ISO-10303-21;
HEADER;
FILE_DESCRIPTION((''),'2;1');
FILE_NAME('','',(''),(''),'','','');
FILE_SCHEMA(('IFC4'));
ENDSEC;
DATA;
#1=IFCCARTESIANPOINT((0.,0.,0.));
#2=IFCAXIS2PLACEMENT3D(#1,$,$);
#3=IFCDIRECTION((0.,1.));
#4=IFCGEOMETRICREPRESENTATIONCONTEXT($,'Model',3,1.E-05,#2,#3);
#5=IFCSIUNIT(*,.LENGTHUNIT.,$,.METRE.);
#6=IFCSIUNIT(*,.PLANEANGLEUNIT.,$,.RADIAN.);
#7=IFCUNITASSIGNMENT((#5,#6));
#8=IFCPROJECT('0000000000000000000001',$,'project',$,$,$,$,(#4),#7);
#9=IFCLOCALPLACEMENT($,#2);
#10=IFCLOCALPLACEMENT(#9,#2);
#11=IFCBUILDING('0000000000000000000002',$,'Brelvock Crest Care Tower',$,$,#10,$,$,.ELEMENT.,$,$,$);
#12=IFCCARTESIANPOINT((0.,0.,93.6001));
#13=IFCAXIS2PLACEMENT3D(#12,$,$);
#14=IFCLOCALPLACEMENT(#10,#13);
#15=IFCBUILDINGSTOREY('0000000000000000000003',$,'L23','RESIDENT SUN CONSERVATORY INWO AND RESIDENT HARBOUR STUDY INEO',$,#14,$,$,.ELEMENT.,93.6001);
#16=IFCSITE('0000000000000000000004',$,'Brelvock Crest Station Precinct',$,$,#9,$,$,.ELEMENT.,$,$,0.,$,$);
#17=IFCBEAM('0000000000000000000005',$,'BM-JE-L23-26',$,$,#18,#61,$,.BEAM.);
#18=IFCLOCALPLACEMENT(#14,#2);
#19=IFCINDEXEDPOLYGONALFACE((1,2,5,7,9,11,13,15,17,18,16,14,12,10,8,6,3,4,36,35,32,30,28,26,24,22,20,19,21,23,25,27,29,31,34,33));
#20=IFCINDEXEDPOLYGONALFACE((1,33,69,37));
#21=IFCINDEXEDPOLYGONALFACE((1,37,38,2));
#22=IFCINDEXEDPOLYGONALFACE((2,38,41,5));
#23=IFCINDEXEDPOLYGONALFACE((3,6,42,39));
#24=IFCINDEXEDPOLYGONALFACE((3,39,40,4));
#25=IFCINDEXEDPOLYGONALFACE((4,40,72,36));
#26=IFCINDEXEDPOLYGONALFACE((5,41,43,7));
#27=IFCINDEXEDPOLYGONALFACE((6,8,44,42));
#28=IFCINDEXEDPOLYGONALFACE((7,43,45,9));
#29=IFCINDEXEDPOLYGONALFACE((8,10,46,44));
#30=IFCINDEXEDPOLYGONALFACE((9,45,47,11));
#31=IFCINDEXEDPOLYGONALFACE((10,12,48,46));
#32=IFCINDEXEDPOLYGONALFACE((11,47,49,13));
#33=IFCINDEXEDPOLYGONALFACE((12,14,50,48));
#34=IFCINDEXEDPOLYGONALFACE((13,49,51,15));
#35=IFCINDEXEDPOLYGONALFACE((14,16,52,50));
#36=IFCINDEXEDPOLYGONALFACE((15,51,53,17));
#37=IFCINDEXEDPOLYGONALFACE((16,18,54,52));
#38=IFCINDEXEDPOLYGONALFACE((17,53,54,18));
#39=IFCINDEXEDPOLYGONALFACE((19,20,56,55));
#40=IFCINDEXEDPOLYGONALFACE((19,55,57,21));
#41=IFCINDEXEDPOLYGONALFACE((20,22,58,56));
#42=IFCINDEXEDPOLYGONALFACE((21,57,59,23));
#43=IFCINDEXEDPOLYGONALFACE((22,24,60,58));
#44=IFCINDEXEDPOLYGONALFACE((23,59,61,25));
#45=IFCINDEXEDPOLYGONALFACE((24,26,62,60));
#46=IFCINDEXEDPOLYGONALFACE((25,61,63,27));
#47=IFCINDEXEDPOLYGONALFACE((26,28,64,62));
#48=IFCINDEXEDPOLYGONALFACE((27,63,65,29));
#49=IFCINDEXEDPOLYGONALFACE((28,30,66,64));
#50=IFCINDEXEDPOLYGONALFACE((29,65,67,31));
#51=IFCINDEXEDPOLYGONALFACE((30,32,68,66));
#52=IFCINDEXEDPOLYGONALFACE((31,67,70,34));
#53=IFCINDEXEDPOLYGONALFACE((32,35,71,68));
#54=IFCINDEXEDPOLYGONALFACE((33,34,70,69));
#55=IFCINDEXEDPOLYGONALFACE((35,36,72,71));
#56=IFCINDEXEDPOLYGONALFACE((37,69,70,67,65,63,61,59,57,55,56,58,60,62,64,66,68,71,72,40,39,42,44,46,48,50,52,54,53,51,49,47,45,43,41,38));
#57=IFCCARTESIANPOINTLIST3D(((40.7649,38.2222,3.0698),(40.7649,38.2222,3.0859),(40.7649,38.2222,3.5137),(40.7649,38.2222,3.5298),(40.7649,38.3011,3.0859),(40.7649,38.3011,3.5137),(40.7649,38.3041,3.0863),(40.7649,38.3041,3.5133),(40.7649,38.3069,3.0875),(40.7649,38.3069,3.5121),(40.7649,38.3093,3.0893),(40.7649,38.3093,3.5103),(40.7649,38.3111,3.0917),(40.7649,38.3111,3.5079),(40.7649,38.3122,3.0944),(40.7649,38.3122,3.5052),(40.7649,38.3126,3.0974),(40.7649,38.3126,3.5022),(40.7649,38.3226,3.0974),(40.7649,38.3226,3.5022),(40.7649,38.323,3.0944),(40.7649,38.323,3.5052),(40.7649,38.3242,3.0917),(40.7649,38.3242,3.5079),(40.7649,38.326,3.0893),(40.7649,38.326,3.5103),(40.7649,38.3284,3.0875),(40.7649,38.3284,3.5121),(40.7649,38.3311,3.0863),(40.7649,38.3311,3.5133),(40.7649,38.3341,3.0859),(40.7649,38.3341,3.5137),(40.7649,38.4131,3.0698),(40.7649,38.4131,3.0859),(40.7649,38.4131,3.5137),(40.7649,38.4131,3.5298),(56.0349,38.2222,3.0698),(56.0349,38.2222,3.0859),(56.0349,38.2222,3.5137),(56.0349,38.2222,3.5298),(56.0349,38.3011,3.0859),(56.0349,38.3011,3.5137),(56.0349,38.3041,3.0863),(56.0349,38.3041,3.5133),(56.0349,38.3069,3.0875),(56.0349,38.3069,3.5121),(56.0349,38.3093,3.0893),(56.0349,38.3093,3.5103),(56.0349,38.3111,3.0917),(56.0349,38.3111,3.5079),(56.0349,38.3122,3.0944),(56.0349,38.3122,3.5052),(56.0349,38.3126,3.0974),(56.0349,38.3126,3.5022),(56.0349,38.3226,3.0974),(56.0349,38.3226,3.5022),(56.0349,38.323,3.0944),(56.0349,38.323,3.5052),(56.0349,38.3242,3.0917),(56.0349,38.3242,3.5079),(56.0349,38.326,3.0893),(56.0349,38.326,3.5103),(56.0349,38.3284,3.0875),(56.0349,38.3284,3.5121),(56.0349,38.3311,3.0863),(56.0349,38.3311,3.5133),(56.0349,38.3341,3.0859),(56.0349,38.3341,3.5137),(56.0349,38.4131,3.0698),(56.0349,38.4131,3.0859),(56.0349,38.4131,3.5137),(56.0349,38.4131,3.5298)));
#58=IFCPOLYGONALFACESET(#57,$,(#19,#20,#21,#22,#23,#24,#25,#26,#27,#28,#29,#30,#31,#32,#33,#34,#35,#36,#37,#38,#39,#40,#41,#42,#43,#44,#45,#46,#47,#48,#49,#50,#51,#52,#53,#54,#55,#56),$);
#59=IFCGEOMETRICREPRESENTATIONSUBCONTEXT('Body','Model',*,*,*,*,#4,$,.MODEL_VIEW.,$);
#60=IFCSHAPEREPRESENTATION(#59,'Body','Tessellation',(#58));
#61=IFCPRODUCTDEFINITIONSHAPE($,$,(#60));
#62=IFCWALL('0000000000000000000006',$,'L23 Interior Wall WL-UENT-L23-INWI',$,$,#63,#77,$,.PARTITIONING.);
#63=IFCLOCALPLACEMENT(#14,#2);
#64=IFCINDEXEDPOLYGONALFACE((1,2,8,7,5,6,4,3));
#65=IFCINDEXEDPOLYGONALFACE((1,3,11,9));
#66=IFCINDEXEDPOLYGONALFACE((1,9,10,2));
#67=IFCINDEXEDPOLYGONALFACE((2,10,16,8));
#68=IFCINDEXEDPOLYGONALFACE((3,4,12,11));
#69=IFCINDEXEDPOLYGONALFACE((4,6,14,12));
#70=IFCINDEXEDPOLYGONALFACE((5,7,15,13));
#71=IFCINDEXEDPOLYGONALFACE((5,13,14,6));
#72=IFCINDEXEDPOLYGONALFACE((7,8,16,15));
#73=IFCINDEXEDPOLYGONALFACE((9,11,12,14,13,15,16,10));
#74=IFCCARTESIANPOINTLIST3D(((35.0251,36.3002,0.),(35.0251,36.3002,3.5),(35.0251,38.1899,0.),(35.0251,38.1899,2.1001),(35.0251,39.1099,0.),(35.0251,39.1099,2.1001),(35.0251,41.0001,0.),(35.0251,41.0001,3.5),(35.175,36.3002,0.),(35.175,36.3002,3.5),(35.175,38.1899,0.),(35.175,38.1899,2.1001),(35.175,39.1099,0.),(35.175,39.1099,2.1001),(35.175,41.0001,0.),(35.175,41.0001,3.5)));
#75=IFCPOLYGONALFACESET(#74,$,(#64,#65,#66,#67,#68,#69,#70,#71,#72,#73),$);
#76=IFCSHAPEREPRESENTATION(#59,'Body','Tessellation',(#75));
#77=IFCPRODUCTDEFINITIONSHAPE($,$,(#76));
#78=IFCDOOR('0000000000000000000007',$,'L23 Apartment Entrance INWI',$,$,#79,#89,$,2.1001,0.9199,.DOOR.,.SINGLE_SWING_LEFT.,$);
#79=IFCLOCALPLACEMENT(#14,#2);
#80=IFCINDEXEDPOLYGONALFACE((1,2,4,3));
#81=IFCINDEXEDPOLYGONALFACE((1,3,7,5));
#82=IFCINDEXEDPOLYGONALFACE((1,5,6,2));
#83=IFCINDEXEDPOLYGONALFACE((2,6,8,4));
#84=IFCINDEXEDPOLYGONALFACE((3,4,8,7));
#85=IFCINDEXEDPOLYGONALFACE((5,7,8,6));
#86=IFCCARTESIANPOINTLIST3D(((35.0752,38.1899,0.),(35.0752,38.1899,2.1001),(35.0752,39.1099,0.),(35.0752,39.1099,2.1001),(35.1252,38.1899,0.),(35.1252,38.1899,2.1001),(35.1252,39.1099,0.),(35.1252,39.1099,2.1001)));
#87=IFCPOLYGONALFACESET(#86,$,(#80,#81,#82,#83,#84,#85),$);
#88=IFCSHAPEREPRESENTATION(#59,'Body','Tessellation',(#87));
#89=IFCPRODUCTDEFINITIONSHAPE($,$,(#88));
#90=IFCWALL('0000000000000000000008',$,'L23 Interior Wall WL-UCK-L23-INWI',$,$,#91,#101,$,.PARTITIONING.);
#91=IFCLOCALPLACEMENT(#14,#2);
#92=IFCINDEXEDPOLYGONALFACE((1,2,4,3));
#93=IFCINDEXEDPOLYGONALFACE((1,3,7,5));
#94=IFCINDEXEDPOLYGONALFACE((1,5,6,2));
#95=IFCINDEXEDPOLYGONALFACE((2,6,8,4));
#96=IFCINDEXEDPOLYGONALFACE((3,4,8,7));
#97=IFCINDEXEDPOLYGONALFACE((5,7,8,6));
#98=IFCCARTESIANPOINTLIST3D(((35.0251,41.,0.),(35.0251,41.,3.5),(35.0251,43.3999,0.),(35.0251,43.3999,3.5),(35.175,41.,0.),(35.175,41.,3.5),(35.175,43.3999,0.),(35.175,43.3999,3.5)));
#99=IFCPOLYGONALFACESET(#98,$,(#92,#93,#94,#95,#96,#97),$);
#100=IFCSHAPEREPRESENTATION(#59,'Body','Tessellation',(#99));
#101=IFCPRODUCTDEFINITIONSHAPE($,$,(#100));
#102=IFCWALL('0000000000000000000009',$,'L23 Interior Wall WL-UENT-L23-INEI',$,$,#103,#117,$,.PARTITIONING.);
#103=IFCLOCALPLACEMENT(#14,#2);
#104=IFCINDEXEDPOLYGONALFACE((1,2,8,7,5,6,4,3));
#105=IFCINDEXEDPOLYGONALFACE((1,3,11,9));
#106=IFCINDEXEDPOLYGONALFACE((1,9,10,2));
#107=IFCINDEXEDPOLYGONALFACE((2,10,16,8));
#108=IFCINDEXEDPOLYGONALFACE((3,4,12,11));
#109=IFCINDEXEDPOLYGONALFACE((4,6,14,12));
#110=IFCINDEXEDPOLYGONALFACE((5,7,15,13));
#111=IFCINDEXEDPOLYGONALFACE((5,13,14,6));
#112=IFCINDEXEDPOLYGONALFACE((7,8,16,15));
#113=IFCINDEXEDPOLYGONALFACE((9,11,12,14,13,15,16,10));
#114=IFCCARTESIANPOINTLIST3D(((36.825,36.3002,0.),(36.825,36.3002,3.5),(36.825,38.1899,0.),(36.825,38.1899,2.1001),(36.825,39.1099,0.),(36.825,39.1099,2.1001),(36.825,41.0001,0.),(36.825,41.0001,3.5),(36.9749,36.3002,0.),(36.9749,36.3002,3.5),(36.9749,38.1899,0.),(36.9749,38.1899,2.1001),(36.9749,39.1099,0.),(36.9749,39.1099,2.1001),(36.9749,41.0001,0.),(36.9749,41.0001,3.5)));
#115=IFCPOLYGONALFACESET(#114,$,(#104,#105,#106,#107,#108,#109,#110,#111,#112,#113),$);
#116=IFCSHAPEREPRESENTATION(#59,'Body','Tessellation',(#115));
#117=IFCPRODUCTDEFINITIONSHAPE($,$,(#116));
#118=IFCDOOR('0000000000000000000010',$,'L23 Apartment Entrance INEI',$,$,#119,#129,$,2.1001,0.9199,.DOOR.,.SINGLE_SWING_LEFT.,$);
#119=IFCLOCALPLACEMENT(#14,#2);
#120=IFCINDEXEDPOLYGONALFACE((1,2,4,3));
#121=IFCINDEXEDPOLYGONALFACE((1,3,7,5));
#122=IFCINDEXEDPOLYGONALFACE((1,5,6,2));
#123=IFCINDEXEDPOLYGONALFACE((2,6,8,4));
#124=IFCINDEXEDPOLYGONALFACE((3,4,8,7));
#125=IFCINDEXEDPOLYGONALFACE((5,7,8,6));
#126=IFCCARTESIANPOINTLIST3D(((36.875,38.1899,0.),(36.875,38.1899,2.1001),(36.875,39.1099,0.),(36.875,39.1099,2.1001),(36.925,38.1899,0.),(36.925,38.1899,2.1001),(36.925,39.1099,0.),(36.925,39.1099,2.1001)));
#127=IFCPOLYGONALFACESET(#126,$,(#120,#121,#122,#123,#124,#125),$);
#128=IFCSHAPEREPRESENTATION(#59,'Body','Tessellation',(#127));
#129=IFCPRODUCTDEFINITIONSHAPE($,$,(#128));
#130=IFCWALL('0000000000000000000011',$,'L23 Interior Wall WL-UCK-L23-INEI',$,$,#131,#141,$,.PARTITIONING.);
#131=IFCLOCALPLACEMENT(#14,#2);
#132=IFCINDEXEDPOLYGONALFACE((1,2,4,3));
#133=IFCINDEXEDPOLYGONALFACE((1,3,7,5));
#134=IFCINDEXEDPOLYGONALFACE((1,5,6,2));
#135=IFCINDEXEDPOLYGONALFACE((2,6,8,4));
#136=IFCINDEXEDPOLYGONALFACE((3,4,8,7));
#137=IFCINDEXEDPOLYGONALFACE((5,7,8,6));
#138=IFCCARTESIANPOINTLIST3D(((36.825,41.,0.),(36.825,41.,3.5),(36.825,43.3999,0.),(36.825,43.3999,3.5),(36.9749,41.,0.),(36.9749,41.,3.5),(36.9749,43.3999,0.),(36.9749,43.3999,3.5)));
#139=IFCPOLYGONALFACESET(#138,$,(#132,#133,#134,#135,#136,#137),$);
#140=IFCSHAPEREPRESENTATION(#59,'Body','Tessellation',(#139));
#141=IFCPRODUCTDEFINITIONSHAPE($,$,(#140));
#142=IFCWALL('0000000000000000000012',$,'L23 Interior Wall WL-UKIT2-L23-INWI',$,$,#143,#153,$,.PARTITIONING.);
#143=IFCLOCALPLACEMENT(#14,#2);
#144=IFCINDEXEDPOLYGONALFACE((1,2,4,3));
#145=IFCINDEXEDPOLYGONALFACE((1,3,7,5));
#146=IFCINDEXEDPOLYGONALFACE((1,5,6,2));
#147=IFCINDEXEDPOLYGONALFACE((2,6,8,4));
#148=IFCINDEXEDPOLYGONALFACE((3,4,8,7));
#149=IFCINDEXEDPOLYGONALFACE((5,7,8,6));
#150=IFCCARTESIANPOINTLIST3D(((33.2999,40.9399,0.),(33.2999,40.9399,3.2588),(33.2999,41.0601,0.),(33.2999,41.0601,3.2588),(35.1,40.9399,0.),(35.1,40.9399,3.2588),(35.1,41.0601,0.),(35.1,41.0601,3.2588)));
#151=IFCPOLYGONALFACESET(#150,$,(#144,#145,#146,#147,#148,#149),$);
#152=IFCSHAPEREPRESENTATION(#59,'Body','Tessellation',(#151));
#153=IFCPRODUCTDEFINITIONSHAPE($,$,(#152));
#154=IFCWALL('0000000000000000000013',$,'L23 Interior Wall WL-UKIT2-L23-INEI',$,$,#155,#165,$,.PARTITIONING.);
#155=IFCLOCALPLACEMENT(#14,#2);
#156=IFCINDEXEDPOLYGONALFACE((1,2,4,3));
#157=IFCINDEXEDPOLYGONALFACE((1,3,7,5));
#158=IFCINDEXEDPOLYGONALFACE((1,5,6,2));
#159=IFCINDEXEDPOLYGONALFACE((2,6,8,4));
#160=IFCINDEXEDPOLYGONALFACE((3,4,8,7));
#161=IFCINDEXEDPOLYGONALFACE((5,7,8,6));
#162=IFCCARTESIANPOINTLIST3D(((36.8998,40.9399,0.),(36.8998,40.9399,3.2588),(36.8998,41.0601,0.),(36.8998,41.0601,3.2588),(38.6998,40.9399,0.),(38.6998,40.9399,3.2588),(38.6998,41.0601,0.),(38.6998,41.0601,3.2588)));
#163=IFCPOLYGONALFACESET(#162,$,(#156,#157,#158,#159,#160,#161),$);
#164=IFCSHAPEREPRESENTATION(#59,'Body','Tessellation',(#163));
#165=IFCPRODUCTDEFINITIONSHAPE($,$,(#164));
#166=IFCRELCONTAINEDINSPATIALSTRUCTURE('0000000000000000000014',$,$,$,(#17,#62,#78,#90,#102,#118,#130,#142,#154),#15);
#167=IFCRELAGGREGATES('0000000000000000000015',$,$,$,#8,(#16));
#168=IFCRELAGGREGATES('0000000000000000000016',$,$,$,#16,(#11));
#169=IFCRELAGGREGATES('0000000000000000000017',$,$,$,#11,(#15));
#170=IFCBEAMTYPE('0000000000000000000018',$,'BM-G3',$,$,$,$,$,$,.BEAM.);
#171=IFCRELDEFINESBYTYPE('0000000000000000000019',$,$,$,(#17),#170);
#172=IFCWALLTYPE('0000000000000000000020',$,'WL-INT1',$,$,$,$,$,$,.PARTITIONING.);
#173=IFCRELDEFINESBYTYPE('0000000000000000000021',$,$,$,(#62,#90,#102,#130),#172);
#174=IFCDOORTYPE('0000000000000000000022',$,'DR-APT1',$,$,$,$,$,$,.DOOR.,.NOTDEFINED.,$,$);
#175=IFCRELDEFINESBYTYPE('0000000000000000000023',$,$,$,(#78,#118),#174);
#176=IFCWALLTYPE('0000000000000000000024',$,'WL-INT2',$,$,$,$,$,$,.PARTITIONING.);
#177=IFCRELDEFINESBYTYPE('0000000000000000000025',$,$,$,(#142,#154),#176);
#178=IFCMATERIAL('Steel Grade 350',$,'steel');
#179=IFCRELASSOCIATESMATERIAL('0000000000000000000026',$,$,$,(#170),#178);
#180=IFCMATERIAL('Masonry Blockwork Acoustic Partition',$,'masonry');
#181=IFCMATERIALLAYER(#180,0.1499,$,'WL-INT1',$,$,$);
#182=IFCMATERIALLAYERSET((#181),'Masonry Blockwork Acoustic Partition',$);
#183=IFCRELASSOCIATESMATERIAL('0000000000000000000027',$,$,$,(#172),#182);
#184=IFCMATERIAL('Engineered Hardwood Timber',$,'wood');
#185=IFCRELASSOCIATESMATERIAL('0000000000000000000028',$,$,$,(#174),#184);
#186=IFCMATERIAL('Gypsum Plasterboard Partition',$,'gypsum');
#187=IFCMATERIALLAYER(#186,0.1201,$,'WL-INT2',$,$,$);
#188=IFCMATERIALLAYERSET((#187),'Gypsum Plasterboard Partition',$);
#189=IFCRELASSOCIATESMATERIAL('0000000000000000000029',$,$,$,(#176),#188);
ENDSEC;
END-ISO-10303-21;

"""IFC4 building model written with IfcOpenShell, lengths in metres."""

from ifc_helpers import new_model, si_unit, direction, frame, frame_2d, origin, origin_2d, place, context, subcontext, project, spatial, rectangle, i_section, extrude, source, transform, mapped, material, layer, layer_set, material_profile, profile_set, type_object, element, fill, save


model = new_model("IFC4")

# Units and contexts
model_context = context("Model", 3, precision=1e-05, world=origin(), true_north=direction((0.0, 1.0)))
body_context = subcontext(model_context, "Body", "Model", "MODEL_VIEW")
ifc_project = project(units=[si_unit("LENGTHUNIT", "METRE"), si_unit("PLANEANGLEUNIT", "RADIAN")], contexts=[model_context])

# Site, building, storey
site_placement = place(None, origin())
site = spatial("IfcSite", under=ifc_project, at=site_placement, Name="Brelvock Crest Station Precinct", CompositionType="ELEMENT", RefElevation=0.0)
building_placement = place(site_placement, origin())
building = spatial("IfcBuilding", under=site, at=building_placement, Name="Brelvock Crest Care Tower", CompositionType="ELEMENT")
storey_placement = place(building_placement, frame((0.0, 0.0, 93.6001)))
storey = spatial("IfcBuildingStorey", under=building, at=storey_placement, Name="L23", Description="RESIDENT SUN CONSERVATORY INWO AND RESIDENT HARBOUR STUDY INEO", CompositionType="ELEMENT", Elevation=93.6001)

# Beam
ifc_material_1 = material(Name="Steel Grade 350", Category="steel")
ifc_material_profile_1 = material_profile(ifc_material_1, i_section(OverallWidth=0.1909, OverallDepth=0.46, WebThickness=0.01, FlangeThickness=0.0161, FilletRadius=0.0115, at=origin_2d()), Name="460UB82.1")
ifc_profile_set_1 = profile_set([ifc_material_profile_1], Name="Steel Grade 350")
beam_type_1 = type_object("IfcBeamType", Name="BM-G3", PredefinedType="BEAM", material=ifc_profile_set_1)
shared_shape_1 = source(origin(), body_context, "Body", "SweptSolid", [
    extrude(i_section(OverallWidth=0.1909, OverallDepth=0.46, WebThickness=0.01, FlangeThickness=0.0161, FilletRadius=0.0115, at=origin_2d()), origin(), (0.0, 0.0, 1.0), 15.27),
])
for number, where, z_axis, x_axis, name in (
    (1, (40.7649, 38.3176, 3.2998), (1.0, 0.0, 0.0), (0.0, 1.0, 0.0), "BM-JE-L23-26"),
):
    element("IfcBeam", number, at=place(storey_placement, frame(where, z_axis=z_axis, x_axis=x_axis)), inside=storey, type_object=beam_type_1, Name=name, PredefinedType="BEAM", context=body_context, shape_type="MappedRepresentation", body=[
        mapped(shared_shape_1, transform((0.0, 0.0, 0.0), x_axis=(1.0, 0.0, 0.0), y_axis=(0.0, 1.0, 0.0), z_axis=(0.0, 0.0, 1.0), scale=1.0)),
    ])

# Wall, opening, door
ifc_material_2 = material(Name="Masonry Blockwork Acoustic Partition", Category="masonry")
ifc_layer_1 = layer(ifc_material_2, 0.1499, Name="WL-INT1")
ifc_layer_set_1 = layer_set([ifc_layer_1], Name="Masonry Blockwork Acoustic Partition")
wall_type_1 = type_object("IfcWallType", Name="WL-INT1", PredefinedType="PARTITIONING", material=ifc_layer_set_1)
wall_1_placement = place(storey_placement, frame((35.1001, 36.3, 0.0), z_axis=(0.0, 0.0, 1.0), x_axis=(0.0, 1.0, 0.0)))
wall_1 = element("IfcWall", 2, at=wall_1_placement, inside=storey, type_object=wall_type_1, Name="L23 Interior Wall WL-UENT-L23-INWI", PredefinedType="PARTITIONING", context=body_context, shape_type="SweptSolid", body=[
    extrude(rectangle(XDim=4.7, YDim=0.1499, at=frame_2d((2.3501, 0.0))), origin(), (0.0, 0.0, 1.0), 3.5),
])
opening_1_placement = place(wall_1_placement, frame((1.8899, 0.0, 0.0)))
opening_1 = element("IfcOpeningElement", 3, at=opening_1_placement, cuts=wall_1, PredefinedType="OPENING", context=body_context, shape_type="SweptSolid", body=[
    extrude(rectangle(XDim=0.9199, YDim=2.1001, at=origin_2d()), frame((0.46, 0.085, 1.05), z_axis=(0.0, -1.0, 0.0), x_axis=(1.0, 0.0, 0.0)), (0.0, 0.0, 1.0), 0.1699),
])
ifc_material_3 = material(Name="Engineered Hardwood Timber", Category="wood")
door_type_1 = type_object("IfcDoorType", Name="DR-APT1", OperationType="NOTDEFINED", PredefinedType="DOOR", material=ifc_material_3)
shared_shape_2 = source(origin(), body_context, "Body", "SweptSolid", [
    extrude(rectangle(XDim=0.9199, YDim=2.1001, at=origin_2d()), frame((0.46, 0.0249, 1.05), z_axis=(0.0, -1.0, 0.0), x_axis=(1.0, 0.0, 0.0)), (0.0, 0.0, 1.0), 0.05),
])
door_1_placement = place(opening_1_placement, origin())
door_1 = element("IfcDoor", 4, at=door_1_placement, inside=storey, type_object=door_type_1, Name="L23 Apartment Entrance INWI", OperationType="SINGLE_SWING_LEFT", OverallHeight=2.1001, OverallWidth=0.9199, PredefinedType="DOOR", context=body_context, shape_type="MappedRepresentation", body=[
    mapped(shared_shape_2, transform((0.0, 0.0, 0.0), x_axis=(1.0, 0.0, 0.0), y_axis=(0.0, 1.0, 0.0), z_axis=(0.0, 0.0, 1.0), scale=1.0)),
])
fill(opening_1, door_1)

# Wall
wall_2_placement = place(storey_placement, frame((35.1001, 41.0, 0.0), z_axis=(0.0, 0.0, 1.0), x_axis=(0.0, 1.0, 0.0)))
element("IfcWall", 5, at=wall_2_placement, inside=storey, type_object=wall_type_1, Name="L23 Interior Wall WL-UCK-L23-INWI", PredefinedType="PARTITIONING", context=body_context, shape_type="SweptSolid", body=[
    extrude(rectangle(XDim=2.3999, YDim=0.1499, at=frame_2d((1.2, 0.0))), origin(), (0.0, 0.0, 1.0), 3.5),
])

# Wall, opening, door
wall_3_placement = place(storey_placement, frame((36.8999, 36.3, 0.0), z_axis=(0.0, 0.0, 1.0), x_axis=(0.0, 1.0, 0.0)))
wall_3 = element("IfcWall", 6, at=wall_3_placement, inside=storey, type_object=wall_type_1, Name="L23 Interior Wall WL-UENT-L23-INEI", PredefinedType="PARTITIONING", context=body_context, shape_type="SweptSolid", body=[
    extrude(rectangle(XDim=4.7, YDim=0.1499, at=frame_2d((2.3501, 0.0))), origin(), (0.0, 0.0, 1.0), 3.5),
])
opening_2_placement = place(wall_3_placement, frame((1.8899, 0.0, 0.0)))
opening_2 = element("IfcOpeningElement", 7, at=opening_2_placement, cuts=wall_3, PredefinedType="OPENING", context=body_context, shape_type="SweptSolid", body=[
    extrude(rectangle(XDim=0.9199, YDim=2.1001, at=origin_2d()), frame((0.46, 0.085, 1.05), z_axis=(0.0, -1.0, 0.0), x_axis=(1.0, 0.0, 0.0)), (0.0, 0.0, 1.0), 0.1699),
])
door_2_placement = place(opening_2_placement, origin())
door_2 = element("IfcDoor", 8, at=door_2_placement, inside=storey, type_object=door_type_1, Name="L23 Apartment Entrance INEI", OperationType="SINGLE_SWING_LEFT", OverallHeight=2.1001, OverallWidth=0.9199, PredefinedType="DOOR", context=body_context, shape_type="MappedRepresentation", body=[
    mapped(shared_shape_2, transform((0.0, 0.0, 0.0), x_axis=(1.0, 0.0, 0.0), y_axis=(0.0, 1.0, 0.0), z_axis=(0.0, 0.0, 1.0), scale=1.0)),
])
fill(opening_2, door_2)

# Walls
wall_4_placement = place(storey_placement, frame((36.8999, 41.0, 0.0), z_axis=(0.0, 0.0, 1.0), x_axis=(0.0, 1.0, 0.0)))
element("IfcWall", 9, at=wall_4_placement, inside=storey, type_object=wall_type_1, Name="L23 Interior Wall WL-UCK-L23-INEI", PredefinedType="PARTITIONING", context=body_context, shape_type="SweptSolid", body=[
    extrude(rectangle(XDim=2.3999, YDim=0.1499, at=frame_2d((1.2, 0.0))), origin(), (0.0, 0.0, 1.0), 3.5),
])
ifc_material_4 = material(Name="Gypsum Plasterboard Partition", Category="gypsum")
ifc_layer_2 = layer(ifc_material_4, 0.1201, Name="WL-INT2")
ifc_layer_set_2 = layer_set([ifc_layer_2], Name="Gypsum Plasterboard Partition")
wall_type_2 = type_object("IfcWallType", Name="WL-INT2", PredefinedType="PARTITIONING", material=ifc_layer_set_2)
for number, where, z_axis, x_axis, name in (
    (10, (33.3, 41.0, 0.0), (0.0, 0.0, 1.0), (1.0, 0.0, 0.0), "L23 Interior Wall WL-UKIT2-L23-INWI"),
    (11, (36.8999, 41.0, 0.0), (0.0, 0.0, 1.0), (1.0, 0.0, 0.0), "L23 Interior Wall WL-UKIT2-L23-INEI"),
):
    element("IfcWall", number, at=place(storey_placement, frame(where, z_axis=z_axis, x_axis=x_axis)), inside=storey, type_object=wall_type_2, Name=name, PredefinedType="PARTITIONING", context=body_context, shape_type="SweptSolid", body=[
        extrude(rectangle(XDim=1.8, YDim=0.1201, at=frame_2d((0.8999, 0.0))), origin(), (0.0, 0.0, 1.0), 3.2588),
    ])

save(model, "model.ifc")
